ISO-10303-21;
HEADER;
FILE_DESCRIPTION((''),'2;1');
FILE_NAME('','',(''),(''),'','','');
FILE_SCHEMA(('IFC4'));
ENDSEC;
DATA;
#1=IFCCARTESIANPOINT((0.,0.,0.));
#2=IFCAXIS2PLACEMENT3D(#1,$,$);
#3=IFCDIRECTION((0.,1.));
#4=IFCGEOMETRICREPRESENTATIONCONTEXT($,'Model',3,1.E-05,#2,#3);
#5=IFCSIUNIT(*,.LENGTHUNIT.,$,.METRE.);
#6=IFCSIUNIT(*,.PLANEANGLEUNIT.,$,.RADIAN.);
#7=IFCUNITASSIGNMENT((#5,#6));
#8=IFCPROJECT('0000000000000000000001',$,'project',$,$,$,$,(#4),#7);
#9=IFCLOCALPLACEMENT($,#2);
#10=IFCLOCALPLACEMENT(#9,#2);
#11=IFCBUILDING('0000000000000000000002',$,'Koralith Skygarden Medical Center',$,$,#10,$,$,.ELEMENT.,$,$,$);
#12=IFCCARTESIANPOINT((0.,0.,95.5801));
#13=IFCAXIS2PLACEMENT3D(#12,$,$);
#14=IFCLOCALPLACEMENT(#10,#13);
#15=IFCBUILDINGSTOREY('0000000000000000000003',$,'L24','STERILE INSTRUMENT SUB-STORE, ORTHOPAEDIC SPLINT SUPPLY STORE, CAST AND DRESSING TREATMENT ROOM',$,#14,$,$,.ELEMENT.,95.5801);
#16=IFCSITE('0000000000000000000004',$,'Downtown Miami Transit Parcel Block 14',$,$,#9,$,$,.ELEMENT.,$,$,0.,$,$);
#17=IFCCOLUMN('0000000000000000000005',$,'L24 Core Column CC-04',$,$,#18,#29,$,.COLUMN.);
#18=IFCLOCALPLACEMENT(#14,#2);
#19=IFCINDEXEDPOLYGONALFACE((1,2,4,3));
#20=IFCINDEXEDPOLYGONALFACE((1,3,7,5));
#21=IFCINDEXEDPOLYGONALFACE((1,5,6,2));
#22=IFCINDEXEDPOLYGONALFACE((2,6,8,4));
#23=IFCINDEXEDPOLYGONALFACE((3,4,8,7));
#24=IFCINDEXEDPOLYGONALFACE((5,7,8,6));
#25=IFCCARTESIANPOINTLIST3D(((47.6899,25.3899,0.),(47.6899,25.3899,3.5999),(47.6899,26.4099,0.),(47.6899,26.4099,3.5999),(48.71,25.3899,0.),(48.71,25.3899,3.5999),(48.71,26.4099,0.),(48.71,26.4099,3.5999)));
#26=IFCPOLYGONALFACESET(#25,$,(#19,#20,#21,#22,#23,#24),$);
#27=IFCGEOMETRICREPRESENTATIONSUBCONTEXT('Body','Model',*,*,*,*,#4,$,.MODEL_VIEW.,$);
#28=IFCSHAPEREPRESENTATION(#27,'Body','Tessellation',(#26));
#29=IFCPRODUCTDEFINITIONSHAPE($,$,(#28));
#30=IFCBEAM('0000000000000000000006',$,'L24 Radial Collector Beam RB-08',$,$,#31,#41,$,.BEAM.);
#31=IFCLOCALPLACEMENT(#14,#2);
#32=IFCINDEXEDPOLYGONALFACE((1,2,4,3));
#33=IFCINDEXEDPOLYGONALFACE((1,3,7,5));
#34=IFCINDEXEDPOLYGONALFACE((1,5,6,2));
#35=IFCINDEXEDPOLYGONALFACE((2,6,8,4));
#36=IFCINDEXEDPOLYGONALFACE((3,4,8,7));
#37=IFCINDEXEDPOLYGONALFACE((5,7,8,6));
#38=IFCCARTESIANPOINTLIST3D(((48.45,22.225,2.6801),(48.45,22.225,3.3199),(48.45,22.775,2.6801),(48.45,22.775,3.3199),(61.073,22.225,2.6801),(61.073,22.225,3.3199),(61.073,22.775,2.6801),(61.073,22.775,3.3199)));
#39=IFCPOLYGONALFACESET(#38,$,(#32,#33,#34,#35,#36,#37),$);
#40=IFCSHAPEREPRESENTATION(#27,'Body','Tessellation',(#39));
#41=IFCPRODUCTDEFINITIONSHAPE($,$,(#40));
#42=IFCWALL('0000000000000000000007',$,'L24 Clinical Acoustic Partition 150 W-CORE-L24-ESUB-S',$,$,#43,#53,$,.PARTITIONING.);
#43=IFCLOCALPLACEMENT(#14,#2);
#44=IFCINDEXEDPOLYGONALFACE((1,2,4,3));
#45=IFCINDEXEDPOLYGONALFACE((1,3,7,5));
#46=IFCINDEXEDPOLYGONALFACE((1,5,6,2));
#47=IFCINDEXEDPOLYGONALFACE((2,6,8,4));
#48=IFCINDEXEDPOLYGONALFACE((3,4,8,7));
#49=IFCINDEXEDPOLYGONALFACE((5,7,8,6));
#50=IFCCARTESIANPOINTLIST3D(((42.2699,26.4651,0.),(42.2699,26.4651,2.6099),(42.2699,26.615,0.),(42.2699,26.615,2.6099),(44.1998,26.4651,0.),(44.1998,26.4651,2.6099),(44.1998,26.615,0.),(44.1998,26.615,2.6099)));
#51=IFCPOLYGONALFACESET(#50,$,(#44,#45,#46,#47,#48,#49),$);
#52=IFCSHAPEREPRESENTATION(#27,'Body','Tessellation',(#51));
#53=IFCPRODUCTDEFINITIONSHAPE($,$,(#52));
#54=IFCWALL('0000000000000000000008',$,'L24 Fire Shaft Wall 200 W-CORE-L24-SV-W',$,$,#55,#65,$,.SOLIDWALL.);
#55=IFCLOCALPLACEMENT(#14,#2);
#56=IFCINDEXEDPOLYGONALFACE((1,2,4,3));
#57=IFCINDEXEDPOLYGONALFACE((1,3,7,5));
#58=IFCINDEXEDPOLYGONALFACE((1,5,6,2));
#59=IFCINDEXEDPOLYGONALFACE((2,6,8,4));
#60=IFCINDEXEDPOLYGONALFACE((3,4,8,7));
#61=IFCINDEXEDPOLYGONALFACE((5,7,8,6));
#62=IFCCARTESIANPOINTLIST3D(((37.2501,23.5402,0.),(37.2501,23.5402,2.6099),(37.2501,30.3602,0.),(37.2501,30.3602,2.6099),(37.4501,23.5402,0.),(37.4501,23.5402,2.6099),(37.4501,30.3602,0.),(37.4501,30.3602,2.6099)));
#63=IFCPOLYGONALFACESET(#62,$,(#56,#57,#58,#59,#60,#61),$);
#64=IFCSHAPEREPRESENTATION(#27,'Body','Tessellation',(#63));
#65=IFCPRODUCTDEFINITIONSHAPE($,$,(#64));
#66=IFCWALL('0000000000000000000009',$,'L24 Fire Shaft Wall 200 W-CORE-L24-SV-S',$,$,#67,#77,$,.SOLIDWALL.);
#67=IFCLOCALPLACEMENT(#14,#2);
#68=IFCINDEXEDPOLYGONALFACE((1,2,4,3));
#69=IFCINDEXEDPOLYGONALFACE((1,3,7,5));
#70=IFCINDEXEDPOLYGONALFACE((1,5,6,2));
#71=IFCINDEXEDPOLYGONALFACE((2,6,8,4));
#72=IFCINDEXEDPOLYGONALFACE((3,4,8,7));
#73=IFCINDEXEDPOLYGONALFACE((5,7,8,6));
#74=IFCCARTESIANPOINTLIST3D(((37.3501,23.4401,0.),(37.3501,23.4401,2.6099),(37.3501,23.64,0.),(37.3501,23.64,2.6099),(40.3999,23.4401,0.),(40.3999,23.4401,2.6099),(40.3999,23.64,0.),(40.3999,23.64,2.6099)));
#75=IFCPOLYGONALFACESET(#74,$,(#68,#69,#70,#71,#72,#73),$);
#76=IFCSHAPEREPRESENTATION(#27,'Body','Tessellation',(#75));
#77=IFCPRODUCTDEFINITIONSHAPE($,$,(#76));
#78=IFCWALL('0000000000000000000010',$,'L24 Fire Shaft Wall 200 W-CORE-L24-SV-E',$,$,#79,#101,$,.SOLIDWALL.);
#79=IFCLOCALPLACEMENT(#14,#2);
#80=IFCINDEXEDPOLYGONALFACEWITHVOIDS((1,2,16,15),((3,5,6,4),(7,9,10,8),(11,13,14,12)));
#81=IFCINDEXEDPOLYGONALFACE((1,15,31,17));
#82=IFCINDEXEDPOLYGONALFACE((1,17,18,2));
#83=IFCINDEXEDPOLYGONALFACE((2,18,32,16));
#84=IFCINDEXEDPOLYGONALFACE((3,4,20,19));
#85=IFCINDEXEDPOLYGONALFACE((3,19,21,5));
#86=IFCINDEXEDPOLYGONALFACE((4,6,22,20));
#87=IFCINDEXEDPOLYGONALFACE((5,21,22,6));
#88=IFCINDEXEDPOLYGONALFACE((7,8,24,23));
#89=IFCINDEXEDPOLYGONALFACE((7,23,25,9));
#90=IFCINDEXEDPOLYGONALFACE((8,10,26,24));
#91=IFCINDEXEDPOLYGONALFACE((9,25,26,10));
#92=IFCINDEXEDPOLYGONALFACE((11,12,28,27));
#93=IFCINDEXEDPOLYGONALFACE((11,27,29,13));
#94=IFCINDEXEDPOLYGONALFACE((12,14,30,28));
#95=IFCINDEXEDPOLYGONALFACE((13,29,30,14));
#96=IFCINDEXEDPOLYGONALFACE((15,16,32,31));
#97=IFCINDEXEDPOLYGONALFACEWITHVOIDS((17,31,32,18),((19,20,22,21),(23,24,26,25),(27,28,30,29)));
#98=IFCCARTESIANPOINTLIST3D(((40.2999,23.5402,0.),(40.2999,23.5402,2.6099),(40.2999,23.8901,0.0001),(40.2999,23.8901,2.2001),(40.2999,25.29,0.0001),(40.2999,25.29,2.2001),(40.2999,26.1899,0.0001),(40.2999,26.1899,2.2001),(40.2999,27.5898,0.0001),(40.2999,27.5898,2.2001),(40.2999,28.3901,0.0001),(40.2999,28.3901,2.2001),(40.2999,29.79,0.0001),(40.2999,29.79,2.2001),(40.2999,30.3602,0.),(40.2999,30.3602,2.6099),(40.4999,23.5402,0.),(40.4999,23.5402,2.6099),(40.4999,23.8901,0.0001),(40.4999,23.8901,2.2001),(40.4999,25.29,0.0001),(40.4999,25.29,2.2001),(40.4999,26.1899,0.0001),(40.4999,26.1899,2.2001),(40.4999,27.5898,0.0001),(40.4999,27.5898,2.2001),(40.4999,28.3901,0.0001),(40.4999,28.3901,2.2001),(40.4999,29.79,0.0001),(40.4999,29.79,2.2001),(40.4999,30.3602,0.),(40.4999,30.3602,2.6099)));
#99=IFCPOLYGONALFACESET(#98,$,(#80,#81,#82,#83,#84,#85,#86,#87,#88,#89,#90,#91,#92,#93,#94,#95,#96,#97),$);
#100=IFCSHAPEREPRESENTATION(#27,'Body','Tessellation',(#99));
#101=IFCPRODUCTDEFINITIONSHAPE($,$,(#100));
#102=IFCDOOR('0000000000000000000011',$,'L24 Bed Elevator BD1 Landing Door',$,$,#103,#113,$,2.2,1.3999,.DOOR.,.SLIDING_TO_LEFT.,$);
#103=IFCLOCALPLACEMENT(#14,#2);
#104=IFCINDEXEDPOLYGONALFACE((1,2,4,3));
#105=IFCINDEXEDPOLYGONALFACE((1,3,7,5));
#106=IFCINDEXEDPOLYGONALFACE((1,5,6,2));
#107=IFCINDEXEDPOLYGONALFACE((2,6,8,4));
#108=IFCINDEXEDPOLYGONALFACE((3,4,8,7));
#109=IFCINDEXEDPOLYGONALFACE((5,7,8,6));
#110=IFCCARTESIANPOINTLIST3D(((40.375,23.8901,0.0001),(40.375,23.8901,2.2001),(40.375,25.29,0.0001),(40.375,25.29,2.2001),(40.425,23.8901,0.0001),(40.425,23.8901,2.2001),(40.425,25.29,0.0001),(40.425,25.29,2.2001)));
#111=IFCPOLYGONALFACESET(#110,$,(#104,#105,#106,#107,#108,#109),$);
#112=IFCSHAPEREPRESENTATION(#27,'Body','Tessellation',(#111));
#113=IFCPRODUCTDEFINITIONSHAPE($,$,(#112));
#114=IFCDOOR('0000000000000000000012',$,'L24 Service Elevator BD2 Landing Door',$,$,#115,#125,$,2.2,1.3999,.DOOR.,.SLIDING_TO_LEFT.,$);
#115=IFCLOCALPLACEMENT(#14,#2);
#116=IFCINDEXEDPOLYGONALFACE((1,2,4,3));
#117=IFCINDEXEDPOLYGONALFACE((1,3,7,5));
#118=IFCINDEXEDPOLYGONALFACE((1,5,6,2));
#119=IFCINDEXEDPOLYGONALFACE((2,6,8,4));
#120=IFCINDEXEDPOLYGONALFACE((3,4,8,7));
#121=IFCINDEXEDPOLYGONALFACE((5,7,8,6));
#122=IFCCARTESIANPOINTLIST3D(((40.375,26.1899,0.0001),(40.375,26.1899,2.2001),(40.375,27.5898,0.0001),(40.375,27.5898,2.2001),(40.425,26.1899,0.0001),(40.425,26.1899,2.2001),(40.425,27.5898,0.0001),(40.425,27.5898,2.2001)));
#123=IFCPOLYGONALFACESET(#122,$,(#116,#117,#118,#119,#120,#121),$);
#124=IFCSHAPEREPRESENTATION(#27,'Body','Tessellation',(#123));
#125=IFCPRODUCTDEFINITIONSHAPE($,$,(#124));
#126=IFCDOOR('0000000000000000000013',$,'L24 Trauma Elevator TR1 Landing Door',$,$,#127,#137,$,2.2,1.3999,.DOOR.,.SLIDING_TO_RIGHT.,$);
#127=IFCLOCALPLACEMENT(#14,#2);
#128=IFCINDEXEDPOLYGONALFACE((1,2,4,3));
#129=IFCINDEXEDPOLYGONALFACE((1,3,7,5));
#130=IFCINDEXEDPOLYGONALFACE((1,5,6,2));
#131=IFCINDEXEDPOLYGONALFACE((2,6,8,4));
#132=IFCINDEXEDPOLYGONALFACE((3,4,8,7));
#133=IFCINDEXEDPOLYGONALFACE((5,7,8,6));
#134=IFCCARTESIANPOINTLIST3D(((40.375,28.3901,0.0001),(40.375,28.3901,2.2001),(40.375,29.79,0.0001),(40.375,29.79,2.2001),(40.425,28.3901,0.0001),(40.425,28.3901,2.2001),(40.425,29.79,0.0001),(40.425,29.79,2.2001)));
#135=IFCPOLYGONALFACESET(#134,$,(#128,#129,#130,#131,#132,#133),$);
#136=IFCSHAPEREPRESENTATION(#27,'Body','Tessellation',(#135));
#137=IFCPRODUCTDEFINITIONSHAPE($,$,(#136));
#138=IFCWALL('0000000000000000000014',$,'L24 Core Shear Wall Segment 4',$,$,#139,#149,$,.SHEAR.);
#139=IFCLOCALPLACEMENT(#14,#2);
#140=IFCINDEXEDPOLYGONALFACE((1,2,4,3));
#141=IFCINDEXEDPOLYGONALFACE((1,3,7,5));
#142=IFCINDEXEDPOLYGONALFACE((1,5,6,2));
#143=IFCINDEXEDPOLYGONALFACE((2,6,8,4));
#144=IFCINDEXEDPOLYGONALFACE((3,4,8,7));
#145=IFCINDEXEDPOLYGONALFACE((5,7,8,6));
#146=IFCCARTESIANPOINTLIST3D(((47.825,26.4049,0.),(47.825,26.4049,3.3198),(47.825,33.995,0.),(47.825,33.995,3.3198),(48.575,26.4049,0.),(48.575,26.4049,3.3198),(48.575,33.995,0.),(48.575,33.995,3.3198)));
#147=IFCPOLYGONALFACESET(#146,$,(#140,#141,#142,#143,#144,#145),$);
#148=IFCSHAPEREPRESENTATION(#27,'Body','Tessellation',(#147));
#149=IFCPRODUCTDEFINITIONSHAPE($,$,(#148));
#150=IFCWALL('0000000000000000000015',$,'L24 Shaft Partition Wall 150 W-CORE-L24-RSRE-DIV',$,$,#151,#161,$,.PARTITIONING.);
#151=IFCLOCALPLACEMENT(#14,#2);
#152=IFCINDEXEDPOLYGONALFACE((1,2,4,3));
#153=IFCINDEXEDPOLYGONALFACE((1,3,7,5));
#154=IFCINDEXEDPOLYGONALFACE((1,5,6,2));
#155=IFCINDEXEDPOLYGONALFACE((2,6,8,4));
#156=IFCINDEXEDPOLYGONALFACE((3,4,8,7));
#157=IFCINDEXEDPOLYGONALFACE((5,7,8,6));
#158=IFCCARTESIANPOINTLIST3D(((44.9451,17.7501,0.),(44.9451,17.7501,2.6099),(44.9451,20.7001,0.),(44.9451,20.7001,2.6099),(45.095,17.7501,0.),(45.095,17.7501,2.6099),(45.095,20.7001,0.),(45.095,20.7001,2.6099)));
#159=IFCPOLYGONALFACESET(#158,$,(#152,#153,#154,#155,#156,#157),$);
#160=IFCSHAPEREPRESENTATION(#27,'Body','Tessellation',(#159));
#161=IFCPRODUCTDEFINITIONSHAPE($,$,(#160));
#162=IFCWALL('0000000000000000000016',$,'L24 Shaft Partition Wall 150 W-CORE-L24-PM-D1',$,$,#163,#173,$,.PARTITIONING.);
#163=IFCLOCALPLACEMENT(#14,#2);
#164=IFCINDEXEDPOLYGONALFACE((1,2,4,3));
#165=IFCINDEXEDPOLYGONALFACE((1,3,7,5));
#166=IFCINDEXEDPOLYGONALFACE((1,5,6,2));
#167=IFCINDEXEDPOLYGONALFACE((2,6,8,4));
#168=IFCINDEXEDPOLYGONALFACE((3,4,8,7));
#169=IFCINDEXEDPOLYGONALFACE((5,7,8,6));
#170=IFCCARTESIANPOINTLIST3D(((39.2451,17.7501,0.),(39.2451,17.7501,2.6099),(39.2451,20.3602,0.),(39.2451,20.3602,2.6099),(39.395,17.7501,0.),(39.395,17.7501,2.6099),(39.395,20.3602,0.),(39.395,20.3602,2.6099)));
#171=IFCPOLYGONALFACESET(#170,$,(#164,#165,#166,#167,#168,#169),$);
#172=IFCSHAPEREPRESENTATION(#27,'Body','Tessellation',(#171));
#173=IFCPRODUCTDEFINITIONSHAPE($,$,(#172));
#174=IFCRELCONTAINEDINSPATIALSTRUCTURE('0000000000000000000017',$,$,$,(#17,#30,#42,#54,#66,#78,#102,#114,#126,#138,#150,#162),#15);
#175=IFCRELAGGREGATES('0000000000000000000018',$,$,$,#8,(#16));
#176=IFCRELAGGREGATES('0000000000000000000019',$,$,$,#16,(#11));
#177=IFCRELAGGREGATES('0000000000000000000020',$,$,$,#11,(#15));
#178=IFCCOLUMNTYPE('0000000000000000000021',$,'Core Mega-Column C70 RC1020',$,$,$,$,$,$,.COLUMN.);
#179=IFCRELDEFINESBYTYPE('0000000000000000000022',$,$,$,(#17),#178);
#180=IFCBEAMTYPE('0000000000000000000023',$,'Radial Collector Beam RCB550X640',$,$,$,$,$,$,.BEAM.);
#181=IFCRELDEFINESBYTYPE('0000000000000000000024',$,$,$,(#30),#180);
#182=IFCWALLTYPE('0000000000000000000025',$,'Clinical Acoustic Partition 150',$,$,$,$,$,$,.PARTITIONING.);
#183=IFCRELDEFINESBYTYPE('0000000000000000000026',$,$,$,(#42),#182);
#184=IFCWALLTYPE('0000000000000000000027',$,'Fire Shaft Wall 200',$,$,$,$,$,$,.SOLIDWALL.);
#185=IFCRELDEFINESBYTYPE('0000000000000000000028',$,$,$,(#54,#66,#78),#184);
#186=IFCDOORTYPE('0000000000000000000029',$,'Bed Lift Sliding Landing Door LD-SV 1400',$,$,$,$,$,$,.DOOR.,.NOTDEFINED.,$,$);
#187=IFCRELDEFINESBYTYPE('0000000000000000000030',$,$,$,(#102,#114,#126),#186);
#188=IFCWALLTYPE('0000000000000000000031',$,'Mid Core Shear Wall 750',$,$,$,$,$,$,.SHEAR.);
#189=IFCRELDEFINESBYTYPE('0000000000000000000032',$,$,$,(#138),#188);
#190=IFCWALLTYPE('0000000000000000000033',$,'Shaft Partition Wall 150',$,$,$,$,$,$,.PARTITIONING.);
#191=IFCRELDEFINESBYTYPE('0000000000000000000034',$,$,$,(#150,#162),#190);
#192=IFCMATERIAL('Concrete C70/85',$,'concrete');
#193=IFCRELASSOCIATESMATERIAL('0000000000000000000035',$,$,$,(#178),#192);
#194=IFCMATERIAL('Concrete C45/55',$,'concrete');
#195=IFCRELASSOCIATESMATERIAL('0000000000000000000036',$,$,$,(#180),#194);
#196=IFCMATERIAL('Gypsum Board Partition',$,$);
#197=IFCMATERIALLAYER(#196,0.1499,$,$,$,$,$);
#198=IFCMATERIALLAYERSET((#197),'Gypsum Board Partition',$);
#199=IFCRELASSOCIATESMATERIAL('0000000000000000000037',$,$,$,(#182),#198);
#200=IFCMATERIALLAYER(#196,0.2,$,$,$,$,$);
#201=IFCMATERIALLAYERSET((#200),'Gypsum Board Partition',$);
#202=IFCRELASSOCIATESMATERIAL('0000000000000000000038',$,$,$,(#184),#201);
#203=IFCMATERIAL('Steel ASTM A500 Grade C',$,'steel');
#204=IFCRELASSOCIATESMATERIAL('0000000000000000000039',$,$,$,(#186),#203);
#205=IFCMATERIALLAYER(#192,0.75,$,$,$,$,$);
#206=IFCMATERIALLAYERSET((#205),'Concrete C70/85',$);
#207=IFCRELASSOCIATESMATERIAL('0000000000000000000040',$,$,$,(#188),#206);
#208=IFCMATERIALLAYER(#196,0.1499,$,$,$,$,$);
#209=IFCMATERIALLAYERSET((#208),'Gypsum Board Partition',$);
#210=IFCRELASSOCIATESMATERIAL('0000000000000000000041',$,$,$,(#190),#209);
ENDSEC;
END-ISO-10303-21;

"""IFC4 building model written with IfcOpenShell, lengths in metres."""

from ifc_helpers import new_model, si_unit, direction, frame, frame_2d, origin, origin_2d, place, context, subcontext, project, spatial, rectangle, extrude, material, layer, layer_set, material_profile, profile_set, type_object, element, fill, save


model = new_model("IFC4")

# Units and contexts
model_context = context("Model", 3, precision=1e-05, world=origin(), true_north=direction((0.0, 1.0)))
body_context = subcontext(model_context, "Body", "Model", "MODEL_VIEW")
ifc_project = project(units=[si_unit("LENGTHUNIT", "METRE"), si_unit("PLANEANGLEUNIT", "RADIAN")], contexts=[model_context])

# Site, building, storey
site_placement = place(None, origin())
site = spatial("IfcSite", under=ifc_project, at=site_placement, Name="Downtown Miami Transit Parcel Block 14", CompositionType="ELEMENT", RefElevation=0.0)
building_placement = place(site_placement, origin())
building = spatial("IfcBuilding", under=site, at=building_placement, Name="Koralith Skygarden Medical Center", CompositionType="ELEMENT")
storey_placement = place(building_placement, frame((0.0, 0.0, 95.5801)))
storey = spatial("IfcBuildingStorey", under=building, at=storey_placement, Name="L24", Description="STERILE INSTRUMENT SUB-STORE, ORTHOPAEDIC SPLINT SUPPLY STORE, CAST AND DRESSING TREATMENT ROOM", CompositionType="ELEMENT", Elevation=95.5801)

# Column
ifc_material_1 = material(Name="Concrete C70/85", Category="concrete")
ifc_material_profile_1 = material_profile(ifc_material_1, rectangle(XDim=1.02, YDim=1.02, at=origin_2d()), Name="RC1020X1020")
ifc_profile_set_1 = profile_set([ifc_material_profile_1], Name="Concrete C70/85")
column_type = type_object("IfcColumnType", Name="Core Mega-Column C70 RC1020", PredefinedType="COLUMN", material=ifc_profile_set_1)
column_placement = place(storey_placement, frame((48.2, 25.8999, 0.0), z_axis=(0.0, 0.0, 1.0), x_axis=(1.0, 0.0, 0.0)))
element("IfcColumn", 1, at=column_placement, inside=storey, type_object=column_type, Name="L24 Core Column CC-04", PredefinedType="COLUMN", context=body_context, shape_type="SweptSolid", body=[
    extrude(rectangle(XDim=1.02, YDim=1.02, at=origin_2d()), origin(), (0.0, 0.0, 1.0), 3.5999),
])

# Beam
ifc_material_2 = material(Name="Concrete C45/55", Category="concrete")
ifc_material_profile_2 = material_profile(ifc_material_2, rectangle(XDim=0.55, YDim=0.6399, at=origin_2d()), Name="RCB550X640")
ifc_profile_set_2 = profile_set([ifc_material_profile_2], Name="Concrete C45/55")
beam_type = type_object("IfcBeamType", Name="Radial Collector Beam RCB550X640", PredefinedType="BEAM", material=ifc_profile_set_2)
beam_placement = place(storey_placement, frame((48.45, 22.5, 3.0), z_axis=(1.0, 0.0, 0.0), x_axis=(0.0, 1.0, 0.0)))
element("IfcBeam", 2, at=beam_placement, inside=storey, type_object=beam_type, Name="L24 Radial Collector Beam RB-08", PredefinedType="BEAM", context=body_context, shape_type="SweptSolid", body=[
    extrude(rectangle(XDim=0.55, YDim=0.6399, at=origin_2d()), origin(), (0.0, 0.0, 1.0), 12.623),
])

# Shared definitions
ifc_material_3 = material(Name="Gypsum Board Partition")
ifc_layer_1 = layer(ifc_material_3, 0.1499)
ifc_layer_set_1 = layer_set([ifc_layer_1], Name="Gypsum Board Partition")
wall_type_1 = type_object("IfcWallType", Name="Clinical Acoustic Partition 150", PredefinedType="PARTITIONING", material=ifc_layer_set_1)

# Wall
wall_1_placement = place(storey_placement, frame((42.27, 26.54, 0.0), z_axis=(0.0, 0.0, 1.0), x_axis=(1.0, 0.0, 0.0)))
element("IfcWall", 3, at=wall_1_placement, inside=storey, type_object=wall_type_1, Name="L24 Clinical Acoustic Partition 150 W-CORE-L24-ESUB-S", PredefinedType="PARTITIONING", context=body_context, shape_type="SweptSolid", body=[
    extrude(rectangle(XDim=1.9299, YDim=0.1499, at=frame_2d((0.9648, 0.0))), origin(), (0.0, 0.0, 1.0), 2.6099),
])

# Shared definitions
ifc_layer_2 = layer(ifc_material_3, 0.2)
ifc_layer_set_2 = layer_set([ifc_layer_2], Name="Gypsum Board Partition")
wall_type_2 = type_object("IfcWallType", Name="Fire Shaft Wall 200", PredefinedType="SOLIDWALL", material=ifc_layer_set_2)
ifc_material_4 = material(Name="Steel ASTM A500 Grade C", Category="steel")

# Walls
wall_2_placement = place(storey_placement, frame((37.3501, 23.54, 0.0), z_axis=(0.0, 0.0, 1.0), x_axis=(0.0, 1.0, 0.0)))
element("IfcWall", 4, at=wall_2_placement, inside=storey, type_object=wall_type_2, Name="L24 Fire Shaft Wall 200 W-CORE-L24-SV-W", PredefinedType="SOLIDWALL", context=body_context, shape_type="SweptSolid", body=[
    extrude(rectangle(XDim=6.8201, YDim=0.2, at=frame_2d((3.4102, 0.0))), origin(), (0.0, 0.0, 1.0), 2.6099),
])
wall_3_placement = place(storey_placement, frame((37.3501, 23.54, 0.0), z_axis=(0.0, 0.0, 1.0), x_axis=(1.0, 0.0, 0.0)))
element("IfcWall", 5, at=wall_3_placement, inside=storey, type_object=wall_type_2, Name="L24 Fire Shaft Wall 200 W-CORE-L24-SV-S", PredefinedType="SOLIDWALL", context=body_context, shape_type="SweptSolid", body=[
    extrude(rectangle(XDim=3.0498, YDim=0.2, at=frame_2d((1.5249, 0.0))), origin(), (0.0, 0.0, 1.0), 2.6099),
])

# Wall, openings, doors
wall_4_placement = place(storey_placement, frame((40.3999, 23.54, 0.0), z_axis=(0.0, 0.0, 1.0), x_axis=(0.0, 1.0, 0.0)))
wall_4 = element("IfcWall", 6, at=wall_4_placement, inside=storey, type_object=wall_type_2, Name="L24 Fire Shaft Wall 200 W-CORE-L24-SV-E", PredefinedType="SOLIDWALL", context=body_context, shape_type="SweptSolid", body=[
    extrude(rectangle(XDim=6.8201, YDim=0.2, at=frame_2d((3.4102, 0.0))), origin(), (0.0, 0.0, 1.0), 2.6099),
])
opening_1_placement = place(wall_4_placement, frame((0.3501, 0.0, 0.0)))
opening_1 = element("IfcOpeningElement", 7, at=opening_1_placement, cuts=wall_4, PredefinedType="OPENING", context=body_context, shape_type="SweptSolid", body=[
    extrude(rectangle(XDim=1.3999, YDim=2.2, at=frame_2d((0.7, 1.1001))), frame((0.0, 0.1099, 0.0), z_axis=(0.0, -1.0, 0.0), x_axis=(1.0, 0.0, 0.0)), (0.0, 0.0, 1.0), 0.22),
])
opening_2_placement = place(wall_4_placement, frame((2.6499, 0.0, 0.0)))
opening_2 = element("IfcOpeningElement", 8, at=opening_2_placement, cuts=wall_4, PredefinedType="OPENING", context=body_context, shape_type="SweptSolid", body=[
    extrude(rectangle(XDim=1.3999, YDim=2.2, at=frame_2d((0.7, 1.1001))), frame((0.0, 0.1099, 0.0), z_axis=(0.0, -1.0, 0.0), x_axis=(1.0, 0.0, 0.0)), (0.0, 0.0, 1.0), 0.22),
])
opening_3_placement = place(wall_4_placement, frame((4.8501, 0.0, 0.0)))
opening_3 = element("IfcOpeningElement", 9, at=opening_3_placement, cuts=wall_4, PredefinedType="OPENING", context=body_context, shape_type="SweptSolid", body=[
    extrude(rectangle(XDim=1.3999, YDim=2.2, at=frame_2d((0.7, 1.1001))), frame((0.0, 0.1099, 0.0), z_axis=(0.0, -1.0, 0.0), x_axis=(1.0, 0.0, 0.0)), (0.0, 0.0, 1.0), 0.22),
])
door_type_1 = type_object("IfcDoorType", Name="Bed Lift Sliding Landing Door LD-SV 1400", OperationType="NOTDEFINED", PredefinedType="DOOR", material=ifc_material_4)
door_1_placement = place(opening_1_placement, origin())
door_1 = element("IfcDoor", 10, at=door_1_placement, inside=storey, type_object=door_type_1, Name="L24 Bed Elevator BD1 Landing Door", OperationType="SLIDING_TO_LEFT", OverallHeight=2.2, OverallWidth=1.3999, PredefinedType="DOOR", context=body_context, shape_type="SweptSolid", body=[
    extrude(rectangle(XDim=1.3999, YDim=2.2, at=frame_2d((0.7, 1.1001))), frame((0.0, 0.0249, 0.0), z_axis=(0.0, -1.0, 0.0), x_axis=(1.0, 0.0, 0.0)), (0.0, 0.0, 1.0), 0.05),
])
fill(opening_1, door_1)
door_2_placement = place(opening_2_placement, origin())
door_2 = element("IfcDoor", 11, at=door_2_placement, inside=storey, type_object=door_type_1, Name="L24 Service Elevator BD2 Landing Door", OperationType="SLIDING_TO_LEFT", OverallHeight=2.2, OverallWidth=1.3999, PredefinedType="DOOR", context=body_context, shape_type="SweptSolid", body=[
    extrude(rectangle(XDim=1.3999, YDim=2.2, at=frame_2d((0.7, 1.1001))), frame((0.0, 0.0249, 0.0), z_axis=(0.0, -1.0, 0.0), x_axis=(1.0, 0.0, 0.0)), (0.0, 0.0, 1.0), 0.05),
])
fill(opening_2, door_2)
door_3_placement = place(opening_3_placement, origin())
door_3 = element("IfcDoor", 12, at=door_3_placement, inside=storey, type_object=door_type_1, Name="L24 Trauma Elevator TR1 Landing Door", OperationType="SLIDING_TO_RIGHT", OverallHeight=2.2, OverallWidth=1.3999, PredefinedType="DOOR", context=body_context, shape_type="SweptSolid", body=[
    extrude(rectangle(XDim=1.3999, YDim=2.2, at=frame_2d((0.7, 1.1001))), frame((0.0, 0.0249, 0.0), z_axis=(0.0, -1.0, 0.0), x_axis=(1.0, 0.0, 0.0)), (0.0, 0.0, 1.0), 0.05),
])
fill(opening_3, door_3)

# Shared definitions
ifc_layer_3 = layer(ifc_material_1, 0.75)
ifc_layer_set_3 = layer_set([ifc_layer_3], Name="Concrete C70/85")
wall_type_3 = type_object("IfcWallType", Name="Mid Core Shear Wall 750", PredefinedType="SHEAR", material=ifc_layer_set_3)

# Walls
wall_5_placement = place(storey_placement, frame((48.2, 26.405, 0.0), z_axis=(0.0, 0.0, 1.0), x_axis=(0.0, 1.0, 0.0)))
element("IfcWall", 13, at=wall_5_placement, inside=storey, type_object=wall_type_3, Name="L24 Core Shear Wall Segment 4", PredefinedType="SHEAR", context=body_context, shape_type="SweptSolid", body=[
    extrude(rectangle(XDim=7.5901, YDim=0.75, at=frame_2d((3.7949, 0.0))), origin(), (0.0, 0.0, 1.0), 3.3198),
])
ifc_layer_4 = layer(ifc_material_3, 0.1499)
ifc_layer_set_4 = layer_set([ifc_layer_4], Name="Gypsum Board Partition")
wall_type_4 = type_object("IfcWallType", Name="Shaft Partition Wall 150", PredefinedType="PARTITIONING", material=ifc_layer_set_4)
wall_6_placement = place(storey_placement, frame((45.02, 17.75, 0.0), z_axis=(0.0, 0.0, 1.0), x_axis=(0.0, 1.0, 0.0)))
element("IfcWall", 14, at=wall_6_placement, inside=storey, type_object=wall_type_4, Name="L24 Shaft Partition Wall 150 W-CORE-L24-RSRE-DIV", PredefinedType="PARTITIONING", context=body_context, shape_type="SweptSolid", body=[
    extrude(rectangle(XDim=2.95, YDim=0.1499, at=frame_2d((1.4751, 0.0))), origin(), (0.0, 0.0, 1.0), 2.6099),
])
for number, where, z_axis, x_axis, name in (
    (15, (39.3201, 17.75, 0.0), (0.0, 0.0, 1.0), (0.0, 1.0, 0.0), "L24 Shaft Partition Wall 150 W-CORE-L24-PM-D1"),
):
    element("IfcWall", number, at=place(storey_placement, frame(where, z_axis=z_axis, x_axis=x_axis)), inside=storey, type_object=wall_type_4, Name=name, PredefinedType="PARTITIONING", context=body_context, shape_type="SweptSolid", body=[
        extrude(rectangle(XDim=2.6101, YDim=0.1499, at=frame_2d((1.3052, 0.0))), origin(), (0.0, 0.0, 1.0), 2.6099),
    ])

save(model, "model.ifc")
